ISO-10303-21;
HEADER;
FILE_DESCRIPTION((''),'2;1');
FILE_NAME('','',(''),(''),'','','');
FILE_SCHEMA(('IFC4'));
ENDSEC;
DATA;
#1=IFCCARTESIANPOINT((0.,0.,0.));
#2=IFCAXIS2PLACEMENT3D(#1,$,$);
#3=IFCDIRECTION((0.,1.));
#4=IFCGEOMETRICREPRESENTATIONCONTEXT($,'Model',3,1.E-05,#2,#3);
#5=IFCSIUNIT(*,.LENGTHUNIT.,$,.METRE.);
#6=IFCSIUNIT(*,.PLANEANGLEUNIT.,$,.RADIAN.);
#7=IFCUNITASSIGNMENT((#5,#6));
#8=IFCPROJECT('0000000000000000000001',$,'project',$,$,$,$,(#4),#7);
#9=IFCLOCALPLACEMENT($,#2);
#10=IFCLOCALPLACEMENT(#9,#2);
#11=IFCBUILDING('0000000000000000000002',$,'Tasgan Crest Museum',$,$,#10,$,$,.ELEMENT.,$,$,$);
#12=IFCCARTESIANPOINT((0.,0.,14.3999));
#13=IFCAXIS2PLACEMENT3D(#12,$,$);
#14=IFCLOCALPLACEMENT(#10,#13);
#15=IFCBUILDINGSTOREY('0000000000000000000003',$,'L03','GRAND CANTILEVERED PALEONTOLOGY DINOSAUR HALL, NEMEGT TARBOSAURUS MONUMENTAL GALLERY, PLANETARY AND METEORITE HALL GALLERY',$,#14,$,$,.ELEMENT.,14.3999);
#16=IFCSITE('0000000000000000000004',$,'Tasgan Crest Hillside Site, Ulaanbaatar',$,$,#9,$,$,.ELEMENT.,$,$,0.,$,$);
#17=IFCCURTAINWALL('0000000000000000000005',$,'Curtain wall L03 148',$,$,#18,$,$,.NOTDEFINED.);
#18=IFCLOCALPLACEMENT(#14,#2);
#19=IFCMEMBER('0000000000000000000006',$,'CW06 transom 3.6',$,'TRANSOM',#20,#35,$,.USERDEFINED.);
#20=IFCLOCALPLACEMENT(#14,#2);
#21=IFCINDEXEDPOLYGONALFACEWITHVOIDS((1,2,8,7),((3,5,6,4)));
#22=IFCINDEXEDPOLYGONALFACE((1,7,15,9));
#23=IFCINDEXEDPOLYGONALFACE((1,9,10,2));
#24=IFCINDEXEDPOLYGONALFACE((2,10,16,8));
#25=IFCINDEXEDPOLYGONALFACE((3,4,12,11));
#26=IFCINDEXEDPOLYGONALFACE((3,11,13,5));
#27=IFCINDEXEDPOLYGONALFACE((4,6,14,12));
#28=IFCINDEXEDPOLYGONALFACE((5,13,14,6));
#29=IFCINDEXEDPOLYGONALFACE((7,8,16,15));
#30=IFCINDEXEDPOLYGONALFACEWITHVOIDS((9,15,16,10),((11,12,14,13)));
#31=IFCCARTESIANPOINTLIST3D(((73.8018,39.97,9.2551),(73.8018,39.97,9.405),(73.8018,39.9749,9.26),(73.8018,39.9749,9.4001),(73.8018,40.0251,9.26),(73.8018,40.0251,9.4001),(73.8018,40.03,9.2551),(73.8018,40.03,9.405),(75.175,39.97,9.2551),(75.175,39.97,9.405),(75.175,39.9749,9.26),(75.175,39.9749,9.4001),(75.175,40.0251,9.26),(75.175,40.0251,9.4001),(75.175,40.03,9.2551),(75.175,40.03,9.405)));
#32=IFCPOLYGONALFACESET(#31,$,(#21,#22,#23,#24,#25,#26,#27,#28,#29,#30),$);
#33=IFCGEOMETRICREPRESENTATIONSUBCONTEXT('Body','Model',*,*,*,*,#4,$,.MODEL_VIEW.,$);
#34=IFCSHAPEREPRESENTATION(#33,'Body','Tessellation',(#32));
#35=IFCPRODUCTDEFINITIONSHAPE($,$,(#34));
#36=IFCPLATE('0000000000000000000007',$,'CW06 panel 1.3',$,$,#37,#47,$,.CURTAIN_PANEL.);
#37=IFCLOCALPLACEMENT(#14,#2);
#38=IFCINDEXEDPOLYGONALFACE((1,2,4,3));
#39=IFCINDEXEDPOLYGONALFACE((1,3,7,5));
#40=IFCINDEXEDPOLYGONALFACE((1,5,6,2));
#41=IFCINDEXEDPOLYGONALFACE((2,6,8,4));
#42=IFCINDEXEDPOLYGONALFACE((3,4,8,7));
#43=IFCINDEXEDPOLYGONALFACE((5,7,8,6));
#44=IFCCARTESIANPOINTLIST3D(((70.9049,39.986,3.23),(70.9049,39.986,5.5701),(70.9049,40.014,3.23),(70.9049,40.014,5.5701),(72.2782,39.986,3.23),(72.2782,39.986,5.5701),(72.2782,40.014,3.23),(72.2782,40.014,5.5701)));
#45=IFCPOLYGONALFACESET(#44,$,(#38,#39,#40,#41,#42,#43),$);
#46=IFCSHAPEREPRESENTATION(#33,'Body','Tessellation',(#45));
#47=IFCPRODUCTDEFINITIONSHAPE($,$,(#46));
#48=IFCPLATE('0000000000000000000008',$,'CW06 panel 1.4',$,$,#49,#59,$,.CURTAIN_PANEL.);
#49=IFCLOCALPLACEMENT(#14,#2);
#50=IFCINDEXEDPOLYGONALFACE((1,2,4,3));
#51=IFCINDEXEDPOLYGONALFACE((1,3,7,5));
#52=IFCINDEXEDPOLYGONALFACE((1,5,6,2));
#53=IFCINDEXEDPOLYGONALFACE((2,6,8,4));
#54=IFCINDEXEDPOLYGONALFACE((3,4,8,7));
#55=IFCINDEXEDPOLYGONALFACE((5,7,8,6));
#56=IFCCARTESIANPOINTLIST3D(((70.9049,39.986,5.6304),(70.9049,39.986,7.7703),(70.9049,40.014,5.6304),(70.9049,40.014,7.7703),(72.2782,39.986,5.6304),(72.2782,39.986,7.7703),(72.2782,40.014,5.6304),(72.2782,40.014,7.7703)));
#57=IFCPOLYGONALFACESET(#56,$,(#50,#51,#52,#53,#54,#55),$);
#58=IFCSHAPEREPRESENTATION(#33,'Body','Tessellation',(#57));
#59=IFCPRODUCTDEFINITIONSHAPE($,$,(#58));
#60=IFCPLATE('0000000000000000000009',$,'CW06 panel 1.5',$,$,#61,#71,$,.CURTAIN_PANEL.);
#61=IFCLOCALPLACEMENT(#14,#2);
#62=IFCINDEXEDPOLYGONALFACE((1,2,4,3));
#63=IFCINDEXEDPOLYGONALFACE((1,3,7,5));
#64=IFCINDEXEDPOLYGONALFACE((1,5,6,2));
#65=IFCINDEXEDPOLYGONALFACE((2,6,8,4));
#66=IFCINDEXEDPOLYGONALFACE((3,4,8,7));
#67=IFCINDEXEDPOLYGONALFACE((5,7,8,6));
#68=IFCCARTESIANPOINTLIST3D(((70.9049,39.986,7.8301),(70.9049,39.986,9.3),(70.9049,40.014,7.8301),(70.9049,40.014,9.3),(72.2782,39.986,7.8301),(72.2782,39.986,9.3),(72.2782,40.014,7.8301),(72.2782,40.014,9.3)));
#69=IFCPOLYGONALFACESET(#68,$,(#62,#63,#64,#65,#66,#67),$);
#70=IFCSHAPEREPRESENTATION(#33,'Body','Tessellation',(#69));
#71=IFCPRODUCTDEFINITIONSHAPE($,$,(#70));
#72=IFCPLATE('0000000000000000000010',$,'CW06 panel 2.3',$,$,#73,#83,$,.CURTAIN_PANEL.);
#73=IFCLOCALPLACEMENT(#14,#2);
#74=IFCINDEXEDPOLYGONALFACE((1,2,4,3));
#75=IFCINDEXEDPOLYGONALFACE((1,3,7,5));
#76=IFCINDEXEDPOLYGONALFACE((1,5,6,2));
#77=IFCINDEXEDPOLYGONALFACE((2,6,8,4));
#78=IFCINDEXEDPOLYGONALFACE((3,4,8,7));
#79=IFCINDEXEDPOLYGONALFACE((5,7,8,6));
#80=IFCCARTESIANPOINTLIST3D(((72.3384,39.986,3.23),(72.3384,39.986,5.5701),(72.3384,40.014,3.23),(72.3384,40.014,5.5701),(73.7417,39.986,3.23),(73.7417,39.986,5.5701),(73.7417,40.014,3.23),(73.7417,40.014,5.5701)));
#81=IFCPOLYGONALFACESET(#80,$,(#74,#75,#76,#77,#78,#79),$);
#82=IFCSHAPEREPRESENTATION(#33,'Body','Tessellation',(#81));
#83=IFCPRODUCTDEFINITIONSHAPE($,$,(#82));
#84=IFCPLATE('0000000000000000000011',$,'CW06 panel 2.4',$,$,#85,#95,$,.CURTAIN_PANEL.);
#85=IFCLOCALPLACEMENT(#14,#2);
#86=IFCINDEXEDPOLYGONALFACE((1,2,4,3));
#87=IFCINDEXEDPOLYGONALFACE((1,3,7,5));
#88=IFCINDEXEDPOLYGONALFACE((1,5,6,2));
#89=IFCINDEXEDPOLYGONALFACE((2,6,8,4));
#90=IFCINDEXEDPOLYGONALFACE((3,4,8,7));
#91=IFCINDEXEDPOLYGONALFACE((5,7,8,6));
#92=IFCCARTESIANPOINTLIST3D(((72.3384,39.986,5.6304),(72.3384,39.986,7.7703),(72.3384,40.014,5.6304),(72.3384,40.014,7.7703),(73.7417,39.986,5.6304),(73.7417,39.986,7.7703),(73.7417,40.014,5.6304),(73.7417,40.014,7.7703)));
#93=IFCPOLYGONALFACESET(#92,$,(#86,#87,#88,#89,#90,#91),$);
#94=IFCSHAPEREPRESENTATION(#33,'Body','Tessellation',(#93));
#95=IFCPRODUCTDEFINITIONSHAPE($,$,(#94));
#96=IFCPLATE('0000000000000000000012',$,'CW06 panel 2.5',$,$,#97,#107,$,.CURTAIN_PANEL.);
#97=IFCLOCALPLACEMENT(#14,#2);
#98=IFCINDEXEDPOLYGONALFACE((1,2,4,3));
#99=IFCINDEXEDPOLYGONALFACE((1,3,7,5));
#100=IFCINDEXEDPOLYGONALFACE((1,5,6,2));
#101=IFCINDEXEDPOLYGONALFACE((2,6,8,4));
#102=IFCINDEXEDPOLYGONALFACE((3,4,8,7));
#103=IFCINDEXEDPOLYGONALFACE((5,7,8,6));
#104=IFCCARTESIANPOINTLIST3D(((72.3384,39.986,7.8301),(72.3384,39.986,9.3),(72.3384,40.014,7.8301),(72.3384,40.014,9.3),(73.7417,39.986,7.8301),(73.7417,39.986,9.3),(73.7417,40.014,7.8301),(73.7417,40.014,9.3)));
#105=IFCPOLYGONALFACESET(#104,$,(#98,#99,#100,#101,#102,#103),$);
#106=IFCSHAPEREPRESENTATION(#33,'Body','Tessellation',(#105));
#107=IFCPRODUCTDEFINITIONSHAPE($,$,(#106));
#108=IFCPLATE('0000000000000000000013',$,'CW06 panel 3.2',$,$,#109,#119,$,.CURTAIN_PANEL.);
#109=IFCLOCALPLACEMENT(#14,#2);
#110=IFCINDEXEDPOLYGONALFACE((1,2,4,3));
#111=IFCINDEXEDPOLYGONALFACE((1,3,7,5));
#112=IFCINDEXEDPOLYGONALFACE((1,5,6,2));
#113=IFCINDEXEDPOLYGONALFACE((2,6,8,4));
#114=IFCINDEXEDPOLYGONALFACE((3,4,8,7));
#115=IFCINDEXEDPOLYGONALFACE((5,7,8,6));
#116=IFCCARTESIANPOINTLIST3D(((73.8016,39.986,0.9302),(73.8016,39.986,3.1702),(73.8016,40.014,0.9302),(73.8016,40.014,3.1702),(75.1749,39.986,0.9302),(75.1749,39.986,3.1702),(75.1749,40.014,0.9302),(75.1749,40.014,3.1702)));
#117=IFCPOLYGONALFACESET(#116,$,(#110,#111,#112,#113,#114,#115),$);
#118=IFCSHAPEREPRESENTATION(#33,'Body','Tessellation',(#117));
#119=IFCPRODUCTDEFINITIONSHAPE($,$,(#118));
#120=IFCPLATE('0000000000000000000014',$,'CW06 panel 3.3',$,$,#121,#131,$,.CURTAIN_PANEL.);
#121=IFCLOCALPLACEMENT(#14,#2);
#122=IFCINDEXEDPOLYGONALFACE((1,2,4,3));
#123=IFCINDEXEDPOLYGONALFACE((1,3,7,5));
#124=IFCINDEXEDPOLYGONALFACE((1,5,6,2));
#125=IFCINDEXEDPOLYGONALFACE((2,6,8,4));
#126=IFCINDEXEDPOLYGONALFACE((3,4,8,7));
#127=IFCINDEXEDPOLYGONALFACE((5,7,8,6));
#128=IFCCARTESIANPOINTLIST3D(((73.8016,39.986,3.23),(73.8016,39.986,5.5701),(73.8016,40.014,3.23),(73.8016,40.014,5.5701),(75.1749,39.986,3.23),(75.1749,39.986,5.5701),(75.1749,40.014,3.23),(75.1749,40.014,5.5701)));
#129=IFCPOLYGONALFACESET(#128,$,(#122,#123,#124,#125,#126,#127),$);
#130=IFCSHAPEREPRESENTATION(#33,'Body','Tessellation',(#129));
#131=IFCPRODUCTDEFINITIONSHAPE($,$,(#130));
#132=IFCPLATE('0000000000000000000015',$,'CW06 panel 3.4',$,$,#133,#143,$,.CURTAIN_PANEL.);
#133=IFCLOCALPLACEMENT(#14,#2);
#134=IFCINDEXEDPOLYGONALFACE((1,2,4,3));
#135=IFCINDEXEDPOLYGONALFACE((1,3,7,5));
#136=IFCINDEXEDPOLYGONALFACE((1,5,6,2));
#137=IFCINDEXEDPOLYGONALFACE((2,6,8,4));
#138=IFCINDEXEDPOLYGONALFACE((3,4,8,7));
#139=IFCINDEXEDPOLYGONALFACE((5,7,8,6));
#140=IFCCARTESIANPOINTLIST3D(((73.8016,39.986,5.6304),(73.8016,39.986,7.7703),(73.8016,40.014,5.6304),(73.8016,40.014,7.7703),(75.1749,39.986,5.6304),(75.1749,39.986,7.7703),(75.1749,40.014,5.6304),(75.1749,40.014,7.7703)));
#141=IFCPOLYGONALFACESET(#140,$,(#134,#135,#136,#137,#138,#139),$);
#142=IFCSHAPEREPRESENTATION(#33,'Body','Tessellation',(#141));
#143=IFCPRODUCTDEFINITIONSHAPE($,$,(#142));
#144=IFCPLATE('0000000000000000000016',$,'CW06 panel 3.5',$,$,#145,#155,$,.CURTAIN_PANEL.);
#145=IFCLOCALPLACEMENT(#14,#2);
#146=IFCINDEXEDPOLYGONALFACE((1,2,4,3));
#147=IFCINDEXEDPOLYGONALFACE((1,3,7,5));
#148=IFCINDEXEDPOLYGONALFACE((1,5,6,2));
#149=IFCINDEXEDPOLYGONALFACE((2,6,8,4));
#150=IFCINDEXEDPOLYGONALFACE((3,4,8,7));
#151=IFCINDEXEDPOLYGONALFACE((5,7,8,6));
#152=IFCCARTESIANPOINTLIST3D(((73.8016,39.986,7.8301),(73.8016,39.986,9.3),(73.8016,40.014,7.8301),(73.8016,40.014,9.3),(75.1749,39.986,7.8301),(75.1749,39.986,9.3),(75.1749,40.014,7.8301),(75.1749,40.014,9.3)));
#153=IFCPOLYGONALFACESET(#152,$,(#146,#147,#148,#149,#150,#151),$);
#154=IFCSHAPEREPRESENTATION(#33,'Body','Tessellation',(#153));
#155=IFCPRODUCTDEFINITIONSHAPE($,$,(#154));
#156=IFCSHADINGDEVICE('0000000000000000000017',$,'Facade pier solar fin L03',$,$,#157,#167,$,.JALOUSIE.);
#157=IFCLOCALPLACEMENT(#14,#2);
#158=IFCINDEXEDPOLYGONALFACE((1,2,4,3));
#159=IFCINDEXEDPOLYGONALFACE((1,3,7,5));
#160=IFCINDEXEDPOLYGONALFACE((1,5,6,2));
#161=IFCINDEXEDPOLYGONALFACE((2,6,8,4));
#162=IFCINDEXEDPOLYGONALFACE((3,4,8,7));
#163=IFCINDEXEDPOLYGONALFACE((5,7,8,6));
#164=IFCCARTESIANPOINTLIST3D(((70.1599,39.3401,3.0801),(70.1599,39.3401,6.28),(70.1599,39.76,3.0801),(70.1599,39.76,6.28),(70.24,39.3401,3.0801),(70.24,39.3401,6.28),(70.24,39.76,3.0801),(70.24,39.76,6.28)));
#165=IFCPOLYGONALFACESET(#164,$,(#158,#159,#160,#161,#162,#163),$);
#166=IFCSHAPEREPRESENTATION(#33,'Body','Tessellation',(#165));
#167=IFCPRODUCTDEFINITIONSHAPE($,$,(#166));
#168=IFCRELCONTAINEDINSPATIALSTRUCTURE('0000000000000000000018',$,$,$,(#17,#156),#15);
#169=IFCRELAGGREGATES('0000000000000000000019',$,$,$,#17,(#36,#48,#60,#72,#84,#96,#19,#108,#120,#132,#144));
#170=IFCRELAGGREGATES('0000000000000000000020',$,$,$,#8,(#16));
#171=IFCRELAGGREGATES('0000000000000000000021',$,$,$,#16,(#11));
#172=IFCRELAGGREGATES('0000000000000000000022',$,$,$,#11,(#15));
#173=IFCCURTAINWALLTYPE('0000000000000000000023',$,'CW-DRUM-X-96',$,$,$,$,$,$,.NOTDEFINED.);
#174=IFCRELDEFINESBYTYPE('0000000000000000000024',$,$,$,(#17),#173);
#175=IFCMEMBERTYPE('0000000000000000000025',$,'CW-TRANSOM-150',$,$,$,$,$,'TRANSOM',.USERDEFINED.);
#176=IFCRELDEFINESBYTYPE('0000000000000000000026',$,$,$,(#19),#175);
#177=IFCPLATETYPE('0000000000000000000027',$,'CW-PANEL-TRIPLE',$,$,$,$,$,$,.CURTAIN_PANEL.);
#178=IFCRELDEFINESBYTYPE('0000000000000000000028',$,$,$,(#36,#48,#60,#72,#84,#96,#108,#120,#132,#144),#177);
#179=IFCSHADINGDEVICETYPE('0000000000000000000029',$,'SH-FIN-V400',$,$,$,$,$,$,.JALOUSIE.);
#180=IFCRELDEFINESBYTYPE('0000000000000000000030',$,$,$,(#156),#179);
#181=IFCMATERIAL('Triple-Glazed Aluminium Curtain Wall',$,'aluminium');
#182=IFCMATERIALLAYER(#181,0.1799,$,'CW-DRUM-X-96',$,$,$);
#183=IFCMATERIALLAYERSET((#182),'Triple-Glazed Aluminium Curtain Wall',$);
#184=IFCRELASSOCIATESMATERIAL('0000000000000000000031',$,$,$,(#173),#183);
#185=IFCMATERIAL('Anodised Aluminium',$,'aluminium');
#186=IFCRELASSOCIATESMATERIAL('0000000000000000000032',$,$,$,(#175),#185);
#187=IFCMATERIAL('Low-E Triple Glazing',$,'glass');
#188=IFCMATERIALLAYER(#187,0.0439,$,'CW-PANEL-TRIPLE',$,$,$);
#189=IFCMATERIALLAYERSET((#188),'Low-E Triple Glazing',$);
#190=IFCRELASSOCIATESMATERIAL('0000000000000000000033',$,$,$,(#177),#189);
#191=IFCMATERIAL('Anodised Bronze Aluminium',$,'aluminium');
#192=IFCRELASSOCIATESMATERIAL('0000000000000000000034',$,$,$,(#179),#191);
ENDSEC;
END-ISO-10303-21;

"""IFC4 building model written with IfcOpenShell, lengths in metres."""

from ifc_helpers import new_model, si_unit, direction, frame, origin, origin_2d, place, context, subcontext, project, spatial, rectangle, hollow_rectangle, extrude, material, layer, layer_set, material_profile, profile_set, type_object, element, aggregate, save


model = new_model("IFC4")

# Units and contexts
model_context = context("Model", 3, precision=1e-05, world=origin(), true_north=direction((0.0, 1.0)))
body_context = subcontext(model_context, "Body", "Model", "MODEL_VIEW")
ifc_project = project(units=[si_unit("LENGTHUNIT", "METRE"), si_unit("PLANEANGLEUNIT", "RADIAN")], contexts=[model_context])

# Site, building, storey
site_placement = place(None, origin())
site = spatial("IfcSite", under=ifc_project, at=site_placement, Name="Tasgan Crest Hillside Site, Ulaanbaatar", CompositionType="ELEMENT", RefElevation=0.0)
building_placement = place(site_placement, origin())
building = spatial("IfcBuilding", under=site, at=building_placement, Name="Tasgan Crest Museum", CompositionType="ELEMENT")
storey_placement = place(building_placement, frame((0.0, 0.0, 14.3999)))
storey = spatial("IfcBuildingStorey", under=building, at=storey_placement, Name="L03", Description="GRAND CANTILEVERED PALEONTOLOGY DINOSAUR HALL, NEMEGT TARBOSAURUS MONUMENTAL GALLERY, PLANETARY AND METEORITE HALL GALLERY", CompositionType="ELEMENT", Elevation=14.3999)

# Curtain wall, member, plates
ifc_material_1 = material(Name="Triple-Glazed Aluminium Curtain Wall", Category="aluminium")
ifc_layer_1 = layer(ifc_material_1, 0.1799, Name="CW-DRUM-X-96")
ifc_layer_set_1 = layer_set([ifc_layer_1], Name="Triple-Glazed Aluminium Curtain Wall")
curtain_wall_type = type_object("IfcCurtainWallType", Name="CW-DRUM-X-96", PredefinedType="NOTDEFINED", material=ifc_layer_set_1)
curtain_wall_placement = place(storey_placement, origin())
curtain_wall = element("IfcCurtainWall", 1, at=curtain_wall_placement, inside=storey, type_object=curtain_wall_type, Name="Curtain wall L03 148", PredefinedType="NOTDEFINED")
ifc_material_2 = material(Name="Anodised Aluminium", Category="aluminium")
ifc_material_profile = material_profile(ifc_material_2, hollow_rectangle(XDim=0.0601, YDim=0.1499, WallThickness=0.0049, at=origin_2d()), Name="ALU TRANSOM 150x60x5")
ifc_profile_set = profile_set([ifc_material_profile], Name="Anodised Aluminium")
member_type = type_object("IfcMemberType", Name="CW-TRANSOM-150", ElementType="TRANSOM", PredefinedType="USERDEFINED", material=ifc_profile_set)
member_1_placement = place(storey_placement, frame((73.8018, 40.0, 9.3301), z_axis=(1.0, 0.0, 0.0), x_axis=(0.0, 1.0, 0.0)))
member_1 = element("IfcMember", 2, at=member_1_placement, type_object=member_type, Name="CW06 transom 3.6", ObjectType="TRANSOM", PredefinedType="USERDEFINED", context=body_context, shape_type="SweptSolid", body=[
    extrude(hollow_rectangle(XDim=0.0601, YDim=0.1499, WallThickness=0.0049, at=origin_2d()), origin(), (0.0, 0.0, 1.0), 1.3733),
])
ifc_material_3 = material(Name="Low-E Triple Glazing", Category="glass")
ifc_layer_2 = layer(ifc_material_3, 0.0439, Name="CW-PANEL-TRIPLE")
ifc_layer_set_2 = layer_set([ifc_layer_2], Name="Low-E Triple Glazing")
plate_type = type_object("IfcPlateType", Name="CW-PANEL-TRIPLE", PredefinedType="CURTAIN_PANEL", material=ifc_layer_set_2)
plate_1_placement = place(storey_placement, frame((71.5916, 40.0, 3.23), z_axis=(0.0, 0.0, 1.0), x_axis=(1.0, 0.0, 0.0)))
plate_1 = element("IfcPlate", 3, at=plate_1_placement, type_object=plate_type, Name="CW06 panel 1.3", PredefinedType="CURTAIN_PANEL", context=body_context, shape_type="SweptSolid", body=[
    extrude(rectangle(XDim=1.3733, YDim=0.0281, at=origin_2d()), origin(), (0.0, 0.0, 1.0), 2.3401),
])
plate_2_placement = place(storey_placement, frame((71.5916, 40.0, 5.6304), z_axis=(0.0, 0.0, 1.0), x_axis=(1.0, 0.0, 0.0)))
plate_2 = element("IfcPlate", 4, at=plate_2_placement, type_object=plate_type, Name="CW06 panel 1.4", PredefinedType="CURTAIN_PANEL", context=body_context, shape_type="SweptSolid", body=[
    extrude(rectangle(XDim=1.3733, YDim=0.0281, at=origin_2d()), origin(), (0.0, 0.0, 1.0), 2.1399),
])
plate_3_placement = place(storey_placement, frame((71.5916, 40.0, 7.8301), z_axis=(0.0, 0.0, 1.0), x_axis=(1.0, 0.0, 0.0)))
plate_3 = element("IfcPlate", 5, at=plate_3_placement, type_object=plate_type, Name="CW06 panel 1.5", PredefinedType="CURTAIN_PANEL", context=body_context, shape_type="SweptSolid", body=[
    extrude(rectangle(XDim=1.3733, YDim=0.0281, at=origin_2d()), origin(), (0.0, 0.0, 1.0), 1.47),
])
plate_4_placement = place(storey_placement, frame((73.04, 40.0, 3.23), z_axis=(0.0, 0.0, 1.0), x_axis=(1.0, 0.0, 0.0)))
plate_4 = element("IfcPlate", 6, at=plate_4_placement, type_object=plate_type, Name="CW06 panel 2.3", PredefinedType="CURTAIN_PANEL", context=body_context, shape_type="SweptSolid", body=[
    extrude(rectangle(XDim=1.4033, YDim=0.0281, at=origin_2d()), origin(), (0.0, 0.0, 1.0), 2.3401),
])
plate_5_placement = place(storey_placement, frame((73.04, 40.0, 5.6304), z_axis=(0.0, 0.0, 1.0), x_axis=(1.0, 0.0, 0.0)))
plate_5 = element("IfcPlate", 7, at=plate_5_placement, type_object=plate_type, Name="CW06 panel 2.4", PredefinedType="CURTAIN_PANEL", context=body_context, shape_type="SweptSolid", body=[
    extrude(rectangle(XDim=1.4033, YDim=0.0281, at=origin_2d()), origin(), (0.0, 0.0, 1.0), 2.1399),
])
plate_6_placement = place(storey_placement, frame((73.04, 40.0, 7.8301), z_axis=(0.0, 0.0, 1.0), x_axis=(1.0, 0.0, 0.0)))
plate_6 = element("IfcPlate", 8, at=plate_6_placement, type_object=plate_type, Name="CW06 panel 2.5", PredefinedType="CURTAIN_PANEL", context=body_context, shape_type="SweptSolid", body=[
    extrude(rectangle(XDim=1.4033, YDim=0.0281, at=origin_2d()), origin(), (0.0, 0.0, 1.0), 1.47),
])
plate_7_placement = place(storey_placement, frame((74.4883, 40.0, 0.9302), z_axis=(0.0, 0.0, 1.0), x_axis=(1.0, 0.0, 0.0)))
plate_7 = element("IfcPlate", 9, at=plate_7_placement, type_object=plate_type, Name="CW06 panel 3.2", PredefinedType="CURTAIN_PANEL", context=body_context, shape_type="SweptSolid", body=[
    extrude(rectangle(XDim=1.3733, YDim=0.0281, at=origin_2d()), origin(), (0.0, 0.0, 1.0), 2.24),
])
plate_8_placement = place(storey_placement, frame((74.4883, 40.0, 3.23), z_axis=(0.0, 0.0, 1.0), x_axis=(1.0, 0.0, 0.0)))
plate_8 = element("IfcPlate", 10, at=plate_8_placement, type_object=plate_type, Name="CW06 panel 3.3", PredefinedType="CURTAIN_PANEL", context=body_context, shape_type="SweptSolid", body=[
    extrude(rectangle(XDim=1.3733, YDim=0.0281, at=origin_2d()), origin(), (0.0, 0.0, 1.0), 2.3401),
])
plate_9_placement = place(storey_placement, frame((74.4883, 40.0, 5.6304), z_axis=(0.0, 0.0, 1.0), x_axis=(1.0, 0.0, 0.0)))
plate_9 = element("IfcPlate", 11, at=plate_9_placement, type_object=plate_type, Name="CW06 panel 3.4", PredefinedType="CURTAIN_PANEL", context=body_context, shape_type="SweptSolid", body=[
    extrude(rectangle(XDim=1.3733, YDim=0.0281, at=origin_2d()), origin(), (0.0, 0.0, 1.0), 2.1399),
])
plate_10_placement = place(storey_placement, frame((74.4883, 40.0, 7.8301), z_axis=(0.0, 0.0, 1.0), x_axis=(1.0, 0.0, 0.0)))
plate_10 = element("IfcPlate", 12, at=plate_10_placement, type_object=plate_type, Name="CW06 panel 3.5", PredefinedType="CURTAIN_PANEL", context=body_context, shape_type="SweptSolid", body=[
    extrude(rectangle(XDim=1.3733, YDim=0.0281, at=origin_2d()), origin(), (0.0, 0.0, 1.0), 1.47),
])
aggregate(curtain_wall, [plate_1, plate_2, plate_3, plate_4, plate_5, plate_6, member_1, plate_7, plate_8, plate_9, plate_10])

# Shading device
ifc_material_4 = material(Name="Anodised Bronze Aluminium", Category="aluminium")
shading_device_type = type_object("IfcShadingDeviceType", Name="SH-FIN-V400", PredefinedType="JALOUSIE", material=ifc_material_4)
shading_device_placement = place(storey_placement, frame((70.2, 39.55, 3.0801), z_axis=(0.0, 0.0, 1.0), x_axis=(1.0, 0.0, 0.0)))
element("IfcShadingDevice", 13, at=shading_device_placement, inside=storey, type_object=shading_device_type, Name="Facade pier solar fin L03", PredefinedType="JALOUSIE", context=body_context, shape_type="SweptSolid", body=[
    extrude(rectangle(XDim=0.0801, YDim=0.4199, at=origin_2d()), origin(), (0.0, 0.0, 1.0), 3.2),
])

save(model, "model.ifc")
